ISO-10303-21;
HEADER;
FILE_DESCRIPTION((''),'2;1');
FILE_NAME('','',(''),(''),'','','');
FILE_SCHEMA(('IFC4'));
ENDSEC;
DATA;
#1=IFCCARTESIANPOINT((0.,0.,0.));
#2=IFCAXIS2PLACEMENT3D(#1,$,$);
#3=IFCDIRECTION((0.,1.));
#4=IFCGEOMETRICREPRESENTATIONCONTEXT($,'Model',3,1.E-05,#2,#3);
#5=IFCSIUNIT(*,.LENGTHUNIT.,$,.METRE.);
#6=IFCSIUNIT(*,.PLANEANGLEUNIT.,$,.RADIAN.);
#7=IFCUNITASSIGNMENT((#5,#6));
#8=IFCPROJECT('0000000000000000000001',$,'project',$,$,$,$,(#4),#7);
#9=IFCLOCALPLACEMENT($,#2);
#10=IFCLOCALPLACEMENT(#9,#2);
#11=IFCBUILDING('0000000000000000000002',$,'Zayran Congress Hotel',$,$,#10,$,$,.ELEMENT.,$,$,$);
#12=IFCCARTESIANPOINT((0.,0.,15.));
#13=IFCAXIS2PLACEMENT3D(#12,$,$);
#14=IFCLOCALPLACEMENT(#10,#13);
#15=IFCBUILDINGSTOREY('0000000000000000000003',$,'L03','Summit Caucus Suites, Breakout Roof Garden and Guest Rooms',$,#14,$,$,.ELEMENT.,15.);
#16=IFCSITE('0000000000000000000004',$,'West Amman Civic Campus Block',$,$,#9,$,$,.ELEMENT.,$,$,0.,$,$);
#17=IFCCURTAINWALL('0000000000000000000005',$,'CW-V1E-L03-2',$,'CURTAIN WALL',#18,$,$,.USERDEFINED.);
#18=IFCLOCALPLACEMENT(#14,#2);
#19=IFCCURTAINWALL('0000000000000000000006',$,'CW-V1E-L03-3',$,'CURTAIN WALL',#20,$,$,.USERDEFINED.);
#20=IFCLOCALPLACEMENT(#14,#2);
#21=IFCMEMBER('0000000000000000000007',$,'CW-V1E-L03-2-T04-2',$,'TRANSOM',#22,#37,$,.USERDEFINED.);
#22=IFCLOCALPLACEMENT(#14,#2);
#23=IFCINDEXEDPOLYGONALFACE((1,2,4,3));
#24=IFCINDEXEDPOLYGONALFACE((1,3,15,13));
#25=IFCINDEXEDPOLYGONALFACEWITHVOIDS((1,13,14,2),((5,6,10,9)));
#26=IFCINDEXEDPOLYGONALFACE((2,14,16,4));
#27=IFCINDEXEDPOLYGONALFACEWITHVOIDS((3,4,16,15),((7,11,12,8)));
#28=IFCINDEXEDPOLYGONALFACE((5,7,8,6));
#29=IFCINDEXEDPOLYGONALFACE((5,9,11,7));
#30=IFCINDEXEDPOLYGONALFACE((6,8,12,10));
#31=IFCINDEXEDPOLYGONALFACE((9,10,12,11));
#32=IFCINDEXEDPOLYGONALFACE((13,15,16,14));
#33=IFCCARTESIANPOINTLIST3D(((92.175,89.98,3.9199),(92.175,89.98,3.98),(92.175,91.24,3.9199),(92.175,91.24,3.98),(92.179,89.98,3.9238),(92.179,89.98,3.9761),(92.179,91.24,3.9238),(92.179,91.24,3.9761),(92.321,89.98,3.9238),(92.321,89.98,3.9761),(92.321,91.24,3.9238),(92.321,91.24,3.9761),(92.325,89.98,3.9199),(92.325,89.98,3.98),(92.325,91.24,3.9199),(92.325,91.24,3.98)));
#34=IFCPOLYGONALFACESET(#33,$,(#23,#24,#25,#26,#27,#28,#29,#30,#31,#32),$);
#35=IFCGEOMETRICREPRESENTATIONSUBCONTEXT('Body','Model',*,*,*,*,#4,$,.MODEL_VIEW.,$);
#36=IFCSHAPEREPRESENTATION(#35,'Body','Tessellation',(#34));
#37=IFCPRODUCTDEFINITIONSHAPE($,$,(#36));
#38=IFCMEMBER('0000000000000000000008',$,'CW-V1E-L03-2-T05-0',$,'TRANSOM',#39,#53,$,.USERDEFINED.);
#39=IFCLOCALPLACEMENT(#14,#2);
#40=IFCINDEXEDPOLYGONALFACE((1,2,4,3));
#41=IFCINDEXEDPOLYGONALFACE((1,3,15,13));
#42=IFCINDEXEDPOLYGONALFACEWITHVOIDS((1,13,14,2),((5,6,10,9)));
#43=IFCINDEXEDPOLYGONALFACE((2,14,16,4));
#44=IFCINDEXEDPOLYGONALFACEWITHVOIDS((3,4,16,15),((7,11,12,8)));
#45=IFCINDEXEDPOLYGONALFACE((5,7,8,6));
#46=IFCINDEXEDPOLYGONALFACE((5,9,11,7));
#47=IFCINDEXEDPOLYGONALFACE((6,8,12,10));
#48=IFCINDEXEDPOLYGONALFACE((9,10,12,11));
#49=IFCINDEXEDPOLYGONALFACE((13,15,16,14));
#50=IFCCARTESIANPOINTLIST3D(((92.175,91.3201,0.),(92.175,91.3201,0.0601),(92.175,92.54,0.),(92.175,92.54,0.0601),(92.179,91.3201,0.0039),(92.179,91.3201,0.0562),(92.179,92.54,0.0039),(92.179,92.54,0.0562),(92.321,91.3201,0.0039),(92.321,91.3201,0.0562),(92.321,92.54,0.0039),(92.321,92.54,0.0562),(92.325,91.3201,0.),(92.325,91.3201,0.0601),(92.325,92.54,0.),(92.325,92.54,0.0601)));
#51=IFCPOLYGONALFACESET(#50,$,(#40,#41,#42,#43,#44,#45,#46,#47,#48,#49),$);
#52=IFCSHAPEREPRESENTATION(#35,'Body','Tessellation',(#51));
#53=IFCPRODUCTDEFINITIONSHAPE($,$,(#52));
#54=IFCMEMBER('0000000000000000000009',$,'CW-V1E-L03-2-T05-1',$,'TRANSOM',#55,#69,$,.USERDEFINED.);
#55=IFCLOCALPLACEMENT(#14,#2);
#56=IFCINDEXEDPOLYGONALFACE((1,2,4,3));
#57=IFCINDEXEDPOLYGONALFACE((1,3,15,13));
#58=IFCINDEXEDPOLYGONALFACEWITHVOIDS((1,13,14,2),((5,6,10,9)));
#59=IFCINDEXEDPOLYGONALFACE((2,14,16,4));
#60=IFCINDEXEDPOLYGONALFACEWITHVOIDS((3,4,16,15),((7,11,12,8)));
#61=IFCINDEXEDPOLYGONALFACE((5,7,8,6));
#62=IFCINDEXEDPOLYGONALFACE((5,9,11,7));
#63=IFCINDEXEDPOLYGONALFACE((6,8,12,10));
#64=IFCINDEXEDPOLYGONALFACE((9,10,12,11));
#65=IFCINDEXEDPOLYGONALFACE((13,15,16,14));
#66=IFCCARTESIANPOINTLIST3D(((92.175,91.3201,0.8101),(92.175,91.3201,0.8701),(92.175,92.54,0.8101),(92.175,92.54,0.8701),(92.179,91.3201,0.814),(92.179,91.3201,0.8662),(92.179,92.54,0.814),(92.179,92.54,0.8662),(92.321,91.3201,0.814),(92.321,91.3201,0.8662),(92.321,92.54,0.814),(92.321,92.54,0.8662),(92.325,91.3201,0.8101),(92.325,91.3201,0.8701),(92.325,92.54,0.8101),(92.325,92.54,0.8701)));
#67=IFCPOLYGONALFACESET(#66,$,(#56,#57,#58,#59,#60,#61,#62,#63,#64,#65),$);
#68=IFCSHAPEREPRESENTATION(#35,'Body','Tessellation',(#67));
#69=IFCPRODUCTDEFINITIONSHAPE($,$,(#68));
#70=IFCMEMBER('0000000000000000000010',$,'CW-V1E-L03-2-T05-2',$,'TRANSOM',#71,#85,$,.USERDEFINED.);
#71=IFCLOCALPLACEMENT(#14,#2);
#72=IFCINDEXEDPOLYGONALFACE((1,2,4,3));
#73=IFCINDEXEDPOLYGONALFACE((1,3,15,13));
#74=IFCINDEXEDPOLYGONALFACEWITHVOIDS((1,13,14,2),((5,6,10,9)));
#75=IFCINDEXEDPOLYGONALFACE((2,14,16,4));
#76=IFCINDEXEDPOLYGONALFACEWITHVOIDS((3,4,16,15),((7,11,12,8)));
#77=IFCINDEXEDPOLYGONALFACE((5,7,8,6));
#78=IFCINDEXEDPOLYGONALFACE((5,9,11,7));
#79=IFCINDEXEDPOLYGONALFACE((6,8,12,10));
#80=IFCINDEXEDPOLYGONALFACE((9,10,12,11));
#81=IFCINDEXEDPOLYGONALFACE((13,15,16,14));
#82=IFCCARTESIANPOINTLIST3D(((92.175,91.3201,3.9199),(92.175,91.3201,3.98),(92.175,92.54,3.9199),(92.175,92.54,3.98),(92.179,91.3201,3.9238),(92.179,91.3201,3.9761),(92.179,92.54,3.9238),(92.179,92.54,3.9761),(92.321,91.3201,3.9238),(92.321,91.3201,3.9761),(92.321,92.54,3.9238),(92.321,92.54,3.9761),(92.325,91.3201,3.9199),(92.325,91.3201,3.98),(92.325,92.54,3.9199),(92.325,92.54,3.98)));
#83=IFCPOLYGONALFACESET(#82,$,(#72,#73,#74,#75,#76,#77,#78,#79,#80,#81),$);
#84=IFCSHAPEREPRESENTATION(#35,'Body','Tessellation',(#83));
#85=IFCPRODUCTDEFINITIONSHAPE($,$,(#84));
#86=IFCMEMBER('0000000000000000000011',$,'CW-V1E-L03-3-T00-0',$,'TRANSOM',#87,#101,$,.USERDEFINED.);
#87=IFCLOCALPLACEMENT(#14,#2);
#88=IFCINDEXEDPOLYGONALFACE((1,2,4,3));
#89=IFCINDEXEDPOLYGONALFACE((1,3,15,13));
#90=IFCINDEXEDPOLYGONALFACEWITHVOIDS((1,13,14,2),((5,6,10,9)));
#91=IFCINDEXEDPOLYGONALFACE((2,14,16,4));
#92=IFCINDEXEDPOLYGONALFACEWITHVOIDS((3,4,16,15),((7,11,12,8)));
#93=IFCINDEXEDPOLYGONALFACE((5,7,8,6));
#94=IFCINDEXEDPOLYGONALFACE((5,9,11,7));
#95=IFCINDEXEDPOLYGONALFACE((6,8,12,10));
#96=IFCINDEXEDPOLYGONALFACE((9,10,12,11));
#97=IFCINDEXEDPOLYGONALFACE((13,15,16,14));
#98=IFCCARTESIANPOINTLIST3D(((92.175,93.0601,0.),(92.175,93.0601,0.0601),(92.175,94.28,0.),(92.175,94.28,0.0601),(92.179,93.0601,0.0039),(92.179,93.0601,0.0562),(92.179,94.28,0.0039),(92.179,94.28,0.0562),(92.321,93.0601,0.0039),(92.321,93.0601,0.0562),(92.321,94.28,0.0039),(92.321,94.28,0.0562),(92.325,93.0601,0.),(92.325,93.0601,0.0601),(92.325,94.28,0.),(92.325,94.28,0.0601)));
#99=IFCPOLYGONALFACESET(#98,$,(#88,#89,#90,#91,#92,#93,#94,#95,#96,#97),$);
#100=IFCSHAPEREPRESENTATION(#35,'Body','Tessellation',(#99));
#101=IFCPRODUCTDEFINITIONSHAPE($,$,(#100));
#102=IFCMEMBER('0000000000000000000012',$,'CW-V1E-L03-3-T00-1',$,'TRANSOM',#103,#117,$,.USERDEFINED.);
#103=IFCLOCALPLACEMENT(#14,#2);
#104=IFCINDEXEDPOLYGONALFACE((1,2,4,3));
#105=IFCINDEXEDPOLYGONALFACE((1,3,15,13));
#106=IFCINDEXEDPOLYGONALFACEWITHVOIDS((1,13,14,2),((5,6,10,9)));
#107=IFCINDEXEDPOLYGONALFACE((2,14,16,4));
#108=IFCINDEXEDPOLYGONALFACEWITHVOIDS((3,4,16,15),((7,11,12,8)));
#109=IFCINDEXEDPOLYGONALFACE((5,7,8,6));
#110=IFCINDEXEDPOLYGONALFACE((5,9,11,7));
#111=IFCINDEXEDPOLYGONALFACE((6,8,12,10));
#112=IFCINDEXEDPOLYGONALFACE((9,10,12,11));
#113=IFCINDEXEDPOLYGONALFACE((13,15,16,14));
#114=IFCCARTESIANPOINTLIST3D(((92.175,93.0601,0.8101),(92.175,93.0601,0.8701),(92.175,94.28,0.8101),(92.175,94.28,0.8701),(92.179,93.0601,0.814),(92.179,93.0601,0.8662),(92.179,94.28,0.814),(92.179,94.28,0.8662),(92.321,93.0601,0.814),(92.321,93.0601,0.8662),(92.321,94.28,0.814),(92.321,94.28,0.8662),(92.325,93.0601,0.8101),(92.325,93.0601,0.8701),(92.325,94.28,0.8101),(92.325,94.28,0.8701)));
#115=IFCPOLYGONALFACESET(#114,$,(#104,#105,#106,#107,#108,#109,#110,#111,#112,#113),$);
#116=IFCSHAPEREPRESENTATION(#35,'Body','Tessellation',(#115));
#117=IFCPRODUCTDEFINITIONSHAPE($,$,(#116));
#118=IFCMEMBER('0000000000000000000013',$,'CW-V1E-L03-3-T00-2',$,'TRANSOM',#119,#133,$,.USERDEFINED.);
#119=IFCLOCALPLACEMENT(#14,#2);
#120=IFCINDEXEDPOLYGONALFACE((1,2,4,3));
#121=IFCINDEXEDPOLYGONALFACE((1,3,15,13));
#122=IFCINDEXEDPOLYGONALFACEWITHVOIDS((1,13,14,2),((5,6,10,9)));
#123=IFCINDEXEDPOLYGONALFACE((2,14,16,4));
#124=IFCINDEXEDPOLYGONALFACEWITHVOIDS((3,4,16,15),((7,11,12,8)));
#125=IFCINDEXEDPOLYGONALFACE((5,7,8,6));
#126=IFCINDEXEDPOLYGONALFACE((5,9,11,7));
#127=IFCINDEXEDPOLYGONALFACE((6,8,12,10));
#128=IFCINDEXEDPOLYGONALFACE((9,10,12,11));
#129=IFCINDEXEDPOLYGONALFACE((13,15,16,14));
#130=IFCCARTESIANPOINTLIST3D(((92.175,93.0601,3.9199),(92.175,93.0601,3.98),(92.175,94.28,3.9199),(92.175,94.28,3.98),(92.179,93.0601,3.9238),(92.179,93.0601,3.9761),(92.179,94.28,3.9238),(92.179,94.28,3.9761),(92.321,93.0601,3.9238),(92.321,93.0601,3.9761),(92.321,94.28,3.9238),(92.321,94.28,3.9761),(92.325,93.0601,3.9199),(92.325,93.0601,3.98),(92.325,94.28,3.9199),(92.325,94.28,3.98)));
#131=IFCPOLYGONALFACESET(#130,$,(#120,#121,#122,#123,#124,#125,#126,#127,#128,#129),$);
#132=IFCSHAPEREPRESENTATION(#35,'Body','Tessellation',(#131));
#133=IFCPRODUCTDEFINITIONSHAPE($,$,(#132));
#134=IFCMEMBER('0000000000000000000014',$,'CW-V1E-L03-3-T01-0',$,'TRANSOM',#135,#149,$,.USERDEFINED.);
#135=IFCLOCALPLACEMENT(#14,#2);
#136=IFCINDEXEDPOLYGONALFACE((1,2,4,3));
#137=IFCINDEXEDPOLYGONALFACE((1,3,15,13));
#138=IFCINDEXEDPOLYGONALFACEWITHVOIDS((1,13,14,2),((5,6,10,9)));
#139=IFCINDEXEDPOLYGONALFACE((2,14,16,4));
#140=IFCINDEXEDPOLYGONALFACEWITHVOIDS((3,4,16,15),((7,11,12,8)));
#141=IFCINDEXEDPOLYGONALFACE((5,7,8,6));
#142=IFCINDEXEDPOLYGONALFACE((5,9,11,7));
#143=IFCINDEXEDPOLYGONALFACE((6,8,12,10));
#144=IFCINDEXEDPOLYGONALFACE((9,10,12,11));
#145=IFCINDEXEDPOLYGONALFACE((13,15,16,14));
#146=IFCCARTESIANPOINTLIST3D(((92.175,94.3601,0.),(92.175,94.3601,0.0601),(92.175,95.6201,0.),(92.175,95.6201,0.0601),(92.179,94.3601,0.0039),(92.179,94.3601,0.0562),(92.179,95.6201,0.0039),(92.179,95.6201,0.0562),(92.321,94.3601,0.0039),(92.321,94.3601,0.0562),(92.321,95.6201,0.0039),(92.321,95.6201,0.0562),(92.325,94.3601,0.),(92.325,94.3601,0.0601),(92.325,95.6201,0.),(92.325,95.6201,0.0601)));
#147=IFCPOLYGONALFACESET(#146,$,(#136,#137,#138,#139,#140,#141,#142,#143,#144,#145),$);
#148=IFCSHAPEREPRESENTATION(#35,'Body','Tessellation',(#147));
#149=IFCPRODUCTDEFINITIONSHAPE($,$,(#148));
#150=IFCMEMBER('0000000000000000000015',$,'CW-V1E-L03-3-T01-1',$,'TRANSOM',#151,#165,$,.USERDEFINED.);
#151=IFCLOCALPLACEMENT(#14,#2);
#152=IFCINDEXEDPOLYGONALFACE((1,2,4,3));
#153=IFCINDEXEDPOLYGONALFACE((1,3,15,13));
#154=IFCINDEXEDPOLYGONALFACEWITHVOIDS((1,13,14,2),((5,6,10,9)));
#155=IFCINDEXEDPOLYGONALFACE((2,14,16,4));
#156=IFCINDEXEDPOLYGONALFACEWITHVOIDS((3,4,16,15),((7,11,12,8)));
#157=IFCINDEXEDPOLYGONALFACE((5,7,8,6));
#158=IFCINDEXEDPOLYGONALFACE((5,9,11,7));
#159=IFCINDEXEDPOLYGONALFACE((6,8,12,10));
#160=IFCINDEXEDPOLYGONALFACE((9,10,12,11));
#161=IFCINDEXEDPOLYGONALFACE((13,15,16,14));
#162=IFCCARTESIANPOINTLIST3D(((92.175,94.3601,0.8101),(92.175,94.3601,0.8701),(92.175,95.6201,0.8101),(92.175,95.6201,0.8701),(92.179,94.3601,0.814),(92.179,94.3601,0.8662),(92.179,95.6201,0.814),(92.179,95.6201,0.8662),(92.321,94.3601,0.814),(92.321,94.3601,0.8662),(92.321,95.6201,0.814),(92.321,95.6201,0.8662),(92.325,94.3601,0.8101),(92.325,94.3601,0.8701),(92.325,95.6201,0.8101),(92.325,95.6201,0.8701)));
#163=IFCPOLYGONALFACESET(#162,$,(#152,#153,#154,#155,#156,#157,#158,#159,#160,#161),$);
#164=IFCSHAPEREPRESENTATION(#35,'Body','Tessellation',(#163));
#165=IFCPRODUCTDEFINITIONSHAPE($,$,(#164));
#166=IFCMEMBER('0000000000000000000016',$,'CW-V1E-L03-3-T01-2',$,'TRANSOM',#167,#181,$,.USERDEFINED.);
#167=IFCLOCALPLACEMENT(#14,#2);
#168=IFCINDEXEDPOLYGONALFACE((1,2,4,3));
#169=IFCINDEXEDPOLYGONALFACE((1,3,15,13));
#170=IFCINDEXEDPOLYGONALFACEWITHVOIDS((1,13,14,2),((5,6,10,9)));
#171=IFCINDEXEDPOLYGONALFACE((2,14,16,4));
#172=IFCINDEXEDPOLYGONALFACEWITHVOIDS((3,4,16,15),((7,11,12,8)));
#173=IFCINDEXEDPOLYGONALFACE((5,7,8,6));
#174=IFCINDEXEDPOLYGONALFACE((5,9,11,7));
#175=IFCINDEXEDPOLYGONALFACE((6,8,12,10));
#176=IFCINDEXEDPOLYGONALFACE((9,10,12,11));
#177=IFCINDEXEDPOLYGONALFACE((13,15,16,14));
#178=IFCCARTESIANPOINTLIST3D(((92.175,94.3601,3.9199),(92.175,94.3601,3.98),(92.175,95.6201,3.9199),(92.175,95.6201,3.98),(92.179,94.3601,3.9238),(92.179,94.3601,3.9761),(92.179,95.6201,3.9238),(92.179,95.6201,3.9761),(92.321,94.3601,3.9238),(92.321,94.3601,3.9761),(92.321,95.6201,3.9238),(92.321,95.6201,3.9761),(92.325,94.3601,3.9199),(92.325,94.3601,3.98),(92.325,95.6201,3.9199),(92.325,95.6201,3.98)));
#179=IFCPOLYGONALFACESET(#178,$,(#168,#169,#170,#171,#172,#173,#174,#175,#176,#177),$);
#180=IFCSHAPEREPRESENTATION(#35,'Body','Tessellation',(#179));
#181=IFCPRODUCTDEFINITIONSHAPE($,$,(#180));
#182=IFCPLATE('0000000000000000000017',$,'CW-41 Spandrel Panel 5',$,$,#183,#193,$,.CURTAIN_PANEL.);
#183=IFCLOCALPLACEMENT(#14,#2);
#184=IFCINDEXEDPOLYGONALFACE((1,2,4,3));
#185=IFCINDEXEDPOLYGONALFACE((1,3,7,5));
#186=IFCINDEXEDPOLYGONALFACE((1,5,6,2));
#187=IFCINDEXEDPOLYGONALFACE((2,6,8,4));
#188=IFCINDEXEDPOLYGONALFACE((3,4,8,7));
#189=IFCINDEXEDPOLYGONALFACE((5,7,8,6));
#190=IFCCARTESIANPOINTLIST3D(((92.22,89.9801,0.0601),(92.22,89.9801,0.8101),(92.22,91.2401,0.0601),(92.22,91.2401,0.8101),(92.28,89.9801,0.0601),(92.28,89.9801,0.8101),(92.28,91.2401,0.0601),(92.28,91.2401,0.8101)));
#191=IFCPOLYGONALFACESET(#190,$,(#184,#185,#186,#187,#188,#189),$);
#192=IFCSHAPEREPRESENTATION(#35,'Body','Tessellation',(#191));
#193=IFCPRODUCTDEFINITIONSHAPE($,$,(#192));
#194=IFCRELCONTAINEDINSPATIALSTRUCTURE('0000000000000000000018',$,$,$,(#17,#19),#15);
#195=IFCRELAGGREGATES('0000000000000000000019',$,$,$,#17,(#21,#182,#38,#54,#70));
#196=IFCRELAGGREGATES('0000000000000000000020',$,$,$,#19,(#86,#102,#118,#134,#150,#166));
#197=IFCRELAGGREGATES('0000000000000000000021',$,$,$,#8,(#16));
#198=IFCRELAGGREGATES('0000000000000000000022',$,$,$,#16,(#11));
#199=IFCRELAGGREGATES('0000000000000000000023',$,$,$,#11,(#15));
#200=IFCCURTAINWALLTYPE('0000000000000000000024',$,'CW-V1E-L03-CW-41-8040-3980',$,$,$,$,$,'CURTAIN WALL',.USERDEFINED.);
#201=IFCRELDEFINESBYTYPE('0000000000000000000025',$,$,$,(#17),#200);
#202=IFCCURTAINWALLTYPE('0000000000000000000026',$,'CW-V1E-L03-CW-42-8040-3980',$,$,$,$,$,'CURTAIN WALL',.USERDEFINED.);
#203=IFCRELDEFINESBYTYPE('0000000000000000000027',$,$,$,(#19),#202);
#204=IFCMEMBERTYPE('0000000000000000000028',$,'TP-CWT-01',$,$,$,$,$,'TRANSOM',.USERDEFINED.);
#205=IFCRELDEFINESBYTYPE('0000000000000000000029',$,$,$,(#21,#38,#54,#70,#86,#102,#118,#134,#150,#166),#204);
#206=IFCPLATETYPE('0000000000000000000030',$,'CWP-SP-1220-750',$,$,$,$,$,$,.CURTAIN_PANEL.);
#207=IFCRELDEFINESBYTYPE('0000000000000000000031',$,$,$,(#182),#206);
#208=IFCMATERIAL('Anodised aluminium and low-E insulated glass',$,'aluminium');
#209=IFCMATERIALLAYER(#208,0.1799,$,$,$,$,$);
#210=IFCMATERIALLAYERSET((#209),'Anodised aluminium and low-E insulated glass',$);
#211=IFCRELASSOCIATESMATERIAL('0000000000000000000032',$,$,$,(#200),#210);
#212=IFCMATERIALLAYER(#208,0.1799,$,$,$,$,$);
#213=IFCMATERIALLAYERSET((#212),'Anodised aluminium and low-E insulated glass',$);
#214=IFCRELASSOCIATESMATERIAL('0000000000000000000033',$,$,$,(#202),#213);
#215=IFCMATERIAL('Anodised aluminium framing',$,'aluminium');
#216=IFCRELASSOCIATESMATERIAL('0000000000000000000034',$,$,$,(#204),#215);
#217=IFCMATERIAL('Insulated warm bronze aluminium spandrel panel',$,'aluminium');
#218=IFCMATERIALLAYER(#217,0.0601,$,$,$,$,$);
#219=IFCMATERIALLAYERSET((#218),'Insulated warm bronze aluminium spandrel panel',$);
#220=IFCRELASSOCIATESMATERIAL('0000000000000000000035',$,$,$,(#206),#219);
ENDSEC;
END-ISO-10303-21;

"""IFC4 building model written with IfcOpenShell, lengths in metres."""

from ifc_helpers import new_model, si_unit, direction, frame, origin, origin_2d, place, context, subcontext, project, spatial, rectangle, hollow_rectangle, extrude, material, layer, layer_set, material_profile, profile_set, type_object, element, aggregate, save


model = new_model("IFC4")

# Units and contexts
model_context = context("Model", 3, precision=1e-05, world=origin(), true_north=direction((0.0, 1.0)))
body_context = subcontext(model_context, "Body", "Model", "MODEL_VIEW")
ifc_project = project(units=[si_unit("LENGTHUNIT", "METRE"), si_unit("PLANEANGLEUNIT", "RADIAN")], contexts=[model_context])

# Site, building, storey
site_placement = place(None, origin())
site = spatial("IfcSite", under=ifc_project, at=site_placement, Name="West Amman Civic Campus Block", CompositionType="ELEMENT", RefElevation=0.0)
building_placement = place(site_placement, origin())
building = spatial("IfcBuilding", under=site, at=building_placement, Name="Zayran Congress Hotel", CompositionType="ELEMENT")
storey_placement = place(building_placement, frame((0.0, 0.0, 15.0)))
storey = spatial("IfcBuildingStorey", under=building, at=storey_placement, Name="L03", Description="Summit Caucus Suites, Breakout Roof Garden and Guest Rooms", CompositionType="ELEMENT", Elevation=15.0)

# Curtain walls
ifc_material_1 = material(Name="Anodised aluminium and low-E insulated glass", Category="aluminium")
ifc_layer_1 = layer(ifc_material_1, 0.1799)
ifc_layer_set_1 = layer_set([ifc_layer_1], Name="Anodised aluminium and low-E insulated glass")
curtain_wall_type_1 = type_object("IfcCurtainWallType", Name="CW-V1E-L03-CW-41-8040-3980", ElementType="CURTAIN WALL", PredefinedType="USERDEFINED", material=ifc_layer_set_1)
curtain_wall_1_placement = place(storey_placement, origin())
curtain_wall_1 = element("IfcCurtainWall", 1, at=curtain_wall_1_placement, inside=storey, type_object=curtain_wall_type_1, Name="CW-V1E-L03-2", ObjectType="CURTAIN WALL", PredefinedType="USERDEFINED")
ifc_material_2 = material(Name="Anodised aluminium framing", Category="aluminium")
ifc_layer_2 = layer(ifc_material_1, 0.1799)
ifc_layer_set_2 = layer_set([ifc_layer_2], Name="Anodised aluminium and low-E insulated glass")
curtain_wall_type_2 = type_object("IfcCurtainWallType", Name="CW-V1E-L03-CW-42-8040-3980", ElementType="CURTAIN WALL", PredefinedType="USERDEFINED", material=ifc_layer_set_2)
curtain_wall_2_placement = place(storey_placement, origin())
curtain_wall_2 = element("IfcCurtainWall", 2, at=curtain_wall_2_placement, inside=storey, type_object=curtain_wall_type_2, Name="CW-V1E-L03-3", ObjectType="CURTAIN WALL", PredefinedType="USERDEFINED")

# Members
ifc_material_profile_1 = material_profile(ifc_material_2, hollow_rectangle(XDim=0.0601, YDim=0.1499, WallThickness=0.0039, at=origin_2d()), Name="RHS 150x60x4")
ifc_profile_set_1 = profile_set([ifc_material_profile_1], Name="Anodised aluminium framing")
member_type_1 = type_object("IfcMemberType", Name="TP-CWT-01", ElementType="TRANSOM", PredefinedType="USERDEFINED", material=ifc_profile_set_1)
member_1_placement = place(storey_placement, frame((92.25, 89.98, 3.95), z_axis=(0.0, 1.0, 0.0), x_axis=(0.0, 0.0, 1.0)))
member_1 = element("IfcMember", 3, at=member_1_placement, type_object=member_type_1, Name="CW-V1E-L03-2-T04-2", ObjectType="TRANSOM", PredefinedType="USERDEFINED", context=body_context, shape_type="SweptSolid", body=[
    extrude(hollow_rectangle(XDim=0.0601, YDim=0.1499, WallThickness=0.0039, at=origin_2d()), origin(), (0.0, 0.0, 1.0), 1.26),
])
member_2_placement = place(storey_placement, frame((92.25, 91.3201, 0.03), z_axis=(0.0, 1.0, 0.0), x_axis=(0.0, 0.0, 1.0)))
member_2 = element("IfcMember", 4, at=member_2_placement, type_object=member_type_1, Name="CW-V1E-L03-2-T05-0", ObjectType="TRANSOM", PredefinedType="USERDEFINED", context=body_context, shape_type="SweptSolid", body=[
    extrude(hollow_rectangle(XDim=0.0601, YDim=0.1499, WallThickness=0.0039, at=origin_2d()), origin(), (0.0, 0.0, 1.0), 1.22),
])
member_3_placement = place(storey_placement, frame((92.25, 91.3201, 0.8401), z_axis=(0.0, 1.0, 0.0), x_axis=(0.0, 0.0, 1.0)))
member_3 = element("IfcMember", 5, at=member_3_placement, type_object=member_type_1, Name="CW-V1E-L03-2-T05-1", ObjectType="TRANSOM", PredefinedType="USERDEFINED", context=body_context, shape_type="SweptSolid", body=[
    extrude(hollow_rectangle(XDim=0.0601, YDim=0.1499, WallThickness=0.0039, at=origin_2d()), origin(), (0.0, 0.0, 1.0), 1.22),
])
member_4_placement = place(storey_placement, frame((92.25, 91.3201, 3.95), z_axis=(0.0, 1.0, 0.0), x_axis=(0.0, 0.0, 1.0)))
member_4 = element("IfcMember", 6, at=member_4_placement, type_object=member_type_1, Name="CW-V1E-L03-2-T05-2", ObjectType="TRANSOM", PredefinedType="USERDEFINED", context=body_context, shape_type="SweptSolid", body=[
    extrude(hollow_rectangle(XDim=0.0601, YDim=0.1499, WallThickness=0.0039, at=origin_2d()), origin(), (0.0, 0.0, 1.0), 1.22),
])
member_5_placement = place(storey_placement, frame((92.25, 93.0601, 0.03), z_axis=(0.0, 1.0, 0.0), x_axis=(0.0, 0.0, 1.0)))
member_5 = element("IfcMember", 7, at=member_5_placement, type_object=member_type_1, Name="CW-V1E-L03-3-T00-0", ObjectType="TRANSOM", PredefinedType="USERDEFINED", context=body_context, shape_type="SweptSolid", body=[
    extrude(hollow_rectangle(XDim=0.0601, YDim=0.1499, WallThickness=0.0039, at=origin_2d()), origin(), (0.0, 0.0, 1.0), 1.22),
])
member_6_placement = place(storey_placement, frame((92.25, 93.0601, 0.8401), z_axis=(0.0, 1.0, 0.0), x_axis=(0.0, 0.0, 1.0)))
member_6 = element("IfcMember", 8, at=member_6_placement, type_object=member_type_1, Name="CW-V1E-L03-3-T00-1", ObjectType="TRANSOM", PredefinedType="USERDEFINED", context=body_context, shape_type="SweptSolid", body=[
    extrude(hollow_rectangle(XDim=0.0601, YDim=0.1499, WallThickness=0.0039, at=origin_2d()), origin(), (0.0, 0.0, 1.0), 1.22),
])
member_7_placement = place(storey_placement, frame((92.25, 93.0601, 3.95), z_axis=(0.0, 1.0, 0.0), x_axis=(0.0, 0.0, 1.0)))
member_7 = element("IfcMember", 9, at=member_7_placement, type_object=member_type_1, Name="CW-V1E-L03-3-T00-2", ObjectType="TRANSOM", PredefinedType="USERDEFINED", context=body_context, shape_type="SweptSolid", body=[
    extrude(hollow_rectangle(XDim=0.0601, YDim=0.1499, WallThickness=0.0039, at=origin_2d()), origin(), (0.0, 0.0, 1.0), 1.22),
])
member_8_placement = place(storey_placement, frame((92.25, 94.3601, 0.03), z_axis=(0.0, 1.0, 0.0), x_axis=(0.0, 0.0, 1.0)))
member_8 = element("IfcMember", 10, at=member_8_placement, type_object=member_type_1, Name="CW-V1E-L03-3-T01-0", ObjectType="TRANSOM", PredefinedType="USERDEFINED", context=body_context, shape_type="SweptSolid", body=[
    extrude(hollow_rectangle(XDim=0.0601, YDim=0.1499, WallThickness=0.0039, at=origin_2d()), origin(), (0.0, 0.0, 1.0), 1.26),
])
member_9_placement = place(storey_placement, frame((92.25, 94.3601, 0.8401), z_axis=(0.0, 1.0, 0.0), x_axis=(0.0, 0.0, 1.0)))
member_9 = element("IfcMember", 11, at=member_9_placement, type_object=member_type_1, Name="CW-V1E-L03-3-T01-1", ObjectType="TRANSOM", PredefinedType="USERDEFINED", context=body_context, shape_type="SweptSolid", body=[
    extrude(hollow_rectangle(XDim=0.0601, YDim=0.1499, WallThickness=0.0039, at=origin_2d()), origin(), (0.0, 0.0, 1.0), 1.26),
])
member_10_placement = place(storey_placement, frame((92.25, 94.3601, 3.95), z_axis=(0.0, 1.0, 0.0), x_axis=(0.0, 0.0, 1.0)))
member_10 = element("IfcMember", 12, at=member_10_placement, type_object=member_type_1, Name="CW-V1E-L03-3-T01-2", ObjectType="TRANSOM", PredefinedType="USERDEFINED", context=body_context, shape_type="SweptSolid", body=[
    extrude(hollow_rectangle(XDim=0.0601, YDim=0.1499, WallThickness=0.0039, at=origin_2d()), origin(), (0.0, 0.0, 1.0), 1.26),
])

# Plate
ifc_material_3 = material(Name="Insulated warm bronze aluminium spandrel panel", Category="aluminium")
ifc_layer_3 = layer(ifc_material_3, 0.0601)
ifc_layer_set_3 = layer_set([ifc_layer_3], Name="Insulated warm bronze aluminium spandrel panel")
plate_type_1 = type_object("IfcPlateType", Name="CWP-SP-1220-750", PredefinedType="CURTAIN_PANEL", material=ifc_layer_set_3)
plate_1_placement = place(storey_placement, frame((92.25, 90.6101, 0.0601), z_axis=(0.0, 0.0, 1.0), x_axis=(0.0, 1.0, 0.0)))
plate_1 = element("IfcPlate", 13, at=plate_1_placement, type_object=plate_type_1, Name="CW-41 Spandrel Panel 5", PredefinedType="CURTAIN_PANEL", context=body_context, shape_type="SweptSolid", body=[
    extrude(rectangle(XDim=1.26, YDim=0.0601, at=origin_2d()), origin(), (0.0, 0.0, 1.0), 0.75),
])
aggregate(curtain_wall_1, [member_1, plate_1, member_2, member_3, member_4])
aggregate(curtain_wall_2, [member_5, member_6, member_7, member_8, member_9, member_10])

save(model, "model.ifc")
